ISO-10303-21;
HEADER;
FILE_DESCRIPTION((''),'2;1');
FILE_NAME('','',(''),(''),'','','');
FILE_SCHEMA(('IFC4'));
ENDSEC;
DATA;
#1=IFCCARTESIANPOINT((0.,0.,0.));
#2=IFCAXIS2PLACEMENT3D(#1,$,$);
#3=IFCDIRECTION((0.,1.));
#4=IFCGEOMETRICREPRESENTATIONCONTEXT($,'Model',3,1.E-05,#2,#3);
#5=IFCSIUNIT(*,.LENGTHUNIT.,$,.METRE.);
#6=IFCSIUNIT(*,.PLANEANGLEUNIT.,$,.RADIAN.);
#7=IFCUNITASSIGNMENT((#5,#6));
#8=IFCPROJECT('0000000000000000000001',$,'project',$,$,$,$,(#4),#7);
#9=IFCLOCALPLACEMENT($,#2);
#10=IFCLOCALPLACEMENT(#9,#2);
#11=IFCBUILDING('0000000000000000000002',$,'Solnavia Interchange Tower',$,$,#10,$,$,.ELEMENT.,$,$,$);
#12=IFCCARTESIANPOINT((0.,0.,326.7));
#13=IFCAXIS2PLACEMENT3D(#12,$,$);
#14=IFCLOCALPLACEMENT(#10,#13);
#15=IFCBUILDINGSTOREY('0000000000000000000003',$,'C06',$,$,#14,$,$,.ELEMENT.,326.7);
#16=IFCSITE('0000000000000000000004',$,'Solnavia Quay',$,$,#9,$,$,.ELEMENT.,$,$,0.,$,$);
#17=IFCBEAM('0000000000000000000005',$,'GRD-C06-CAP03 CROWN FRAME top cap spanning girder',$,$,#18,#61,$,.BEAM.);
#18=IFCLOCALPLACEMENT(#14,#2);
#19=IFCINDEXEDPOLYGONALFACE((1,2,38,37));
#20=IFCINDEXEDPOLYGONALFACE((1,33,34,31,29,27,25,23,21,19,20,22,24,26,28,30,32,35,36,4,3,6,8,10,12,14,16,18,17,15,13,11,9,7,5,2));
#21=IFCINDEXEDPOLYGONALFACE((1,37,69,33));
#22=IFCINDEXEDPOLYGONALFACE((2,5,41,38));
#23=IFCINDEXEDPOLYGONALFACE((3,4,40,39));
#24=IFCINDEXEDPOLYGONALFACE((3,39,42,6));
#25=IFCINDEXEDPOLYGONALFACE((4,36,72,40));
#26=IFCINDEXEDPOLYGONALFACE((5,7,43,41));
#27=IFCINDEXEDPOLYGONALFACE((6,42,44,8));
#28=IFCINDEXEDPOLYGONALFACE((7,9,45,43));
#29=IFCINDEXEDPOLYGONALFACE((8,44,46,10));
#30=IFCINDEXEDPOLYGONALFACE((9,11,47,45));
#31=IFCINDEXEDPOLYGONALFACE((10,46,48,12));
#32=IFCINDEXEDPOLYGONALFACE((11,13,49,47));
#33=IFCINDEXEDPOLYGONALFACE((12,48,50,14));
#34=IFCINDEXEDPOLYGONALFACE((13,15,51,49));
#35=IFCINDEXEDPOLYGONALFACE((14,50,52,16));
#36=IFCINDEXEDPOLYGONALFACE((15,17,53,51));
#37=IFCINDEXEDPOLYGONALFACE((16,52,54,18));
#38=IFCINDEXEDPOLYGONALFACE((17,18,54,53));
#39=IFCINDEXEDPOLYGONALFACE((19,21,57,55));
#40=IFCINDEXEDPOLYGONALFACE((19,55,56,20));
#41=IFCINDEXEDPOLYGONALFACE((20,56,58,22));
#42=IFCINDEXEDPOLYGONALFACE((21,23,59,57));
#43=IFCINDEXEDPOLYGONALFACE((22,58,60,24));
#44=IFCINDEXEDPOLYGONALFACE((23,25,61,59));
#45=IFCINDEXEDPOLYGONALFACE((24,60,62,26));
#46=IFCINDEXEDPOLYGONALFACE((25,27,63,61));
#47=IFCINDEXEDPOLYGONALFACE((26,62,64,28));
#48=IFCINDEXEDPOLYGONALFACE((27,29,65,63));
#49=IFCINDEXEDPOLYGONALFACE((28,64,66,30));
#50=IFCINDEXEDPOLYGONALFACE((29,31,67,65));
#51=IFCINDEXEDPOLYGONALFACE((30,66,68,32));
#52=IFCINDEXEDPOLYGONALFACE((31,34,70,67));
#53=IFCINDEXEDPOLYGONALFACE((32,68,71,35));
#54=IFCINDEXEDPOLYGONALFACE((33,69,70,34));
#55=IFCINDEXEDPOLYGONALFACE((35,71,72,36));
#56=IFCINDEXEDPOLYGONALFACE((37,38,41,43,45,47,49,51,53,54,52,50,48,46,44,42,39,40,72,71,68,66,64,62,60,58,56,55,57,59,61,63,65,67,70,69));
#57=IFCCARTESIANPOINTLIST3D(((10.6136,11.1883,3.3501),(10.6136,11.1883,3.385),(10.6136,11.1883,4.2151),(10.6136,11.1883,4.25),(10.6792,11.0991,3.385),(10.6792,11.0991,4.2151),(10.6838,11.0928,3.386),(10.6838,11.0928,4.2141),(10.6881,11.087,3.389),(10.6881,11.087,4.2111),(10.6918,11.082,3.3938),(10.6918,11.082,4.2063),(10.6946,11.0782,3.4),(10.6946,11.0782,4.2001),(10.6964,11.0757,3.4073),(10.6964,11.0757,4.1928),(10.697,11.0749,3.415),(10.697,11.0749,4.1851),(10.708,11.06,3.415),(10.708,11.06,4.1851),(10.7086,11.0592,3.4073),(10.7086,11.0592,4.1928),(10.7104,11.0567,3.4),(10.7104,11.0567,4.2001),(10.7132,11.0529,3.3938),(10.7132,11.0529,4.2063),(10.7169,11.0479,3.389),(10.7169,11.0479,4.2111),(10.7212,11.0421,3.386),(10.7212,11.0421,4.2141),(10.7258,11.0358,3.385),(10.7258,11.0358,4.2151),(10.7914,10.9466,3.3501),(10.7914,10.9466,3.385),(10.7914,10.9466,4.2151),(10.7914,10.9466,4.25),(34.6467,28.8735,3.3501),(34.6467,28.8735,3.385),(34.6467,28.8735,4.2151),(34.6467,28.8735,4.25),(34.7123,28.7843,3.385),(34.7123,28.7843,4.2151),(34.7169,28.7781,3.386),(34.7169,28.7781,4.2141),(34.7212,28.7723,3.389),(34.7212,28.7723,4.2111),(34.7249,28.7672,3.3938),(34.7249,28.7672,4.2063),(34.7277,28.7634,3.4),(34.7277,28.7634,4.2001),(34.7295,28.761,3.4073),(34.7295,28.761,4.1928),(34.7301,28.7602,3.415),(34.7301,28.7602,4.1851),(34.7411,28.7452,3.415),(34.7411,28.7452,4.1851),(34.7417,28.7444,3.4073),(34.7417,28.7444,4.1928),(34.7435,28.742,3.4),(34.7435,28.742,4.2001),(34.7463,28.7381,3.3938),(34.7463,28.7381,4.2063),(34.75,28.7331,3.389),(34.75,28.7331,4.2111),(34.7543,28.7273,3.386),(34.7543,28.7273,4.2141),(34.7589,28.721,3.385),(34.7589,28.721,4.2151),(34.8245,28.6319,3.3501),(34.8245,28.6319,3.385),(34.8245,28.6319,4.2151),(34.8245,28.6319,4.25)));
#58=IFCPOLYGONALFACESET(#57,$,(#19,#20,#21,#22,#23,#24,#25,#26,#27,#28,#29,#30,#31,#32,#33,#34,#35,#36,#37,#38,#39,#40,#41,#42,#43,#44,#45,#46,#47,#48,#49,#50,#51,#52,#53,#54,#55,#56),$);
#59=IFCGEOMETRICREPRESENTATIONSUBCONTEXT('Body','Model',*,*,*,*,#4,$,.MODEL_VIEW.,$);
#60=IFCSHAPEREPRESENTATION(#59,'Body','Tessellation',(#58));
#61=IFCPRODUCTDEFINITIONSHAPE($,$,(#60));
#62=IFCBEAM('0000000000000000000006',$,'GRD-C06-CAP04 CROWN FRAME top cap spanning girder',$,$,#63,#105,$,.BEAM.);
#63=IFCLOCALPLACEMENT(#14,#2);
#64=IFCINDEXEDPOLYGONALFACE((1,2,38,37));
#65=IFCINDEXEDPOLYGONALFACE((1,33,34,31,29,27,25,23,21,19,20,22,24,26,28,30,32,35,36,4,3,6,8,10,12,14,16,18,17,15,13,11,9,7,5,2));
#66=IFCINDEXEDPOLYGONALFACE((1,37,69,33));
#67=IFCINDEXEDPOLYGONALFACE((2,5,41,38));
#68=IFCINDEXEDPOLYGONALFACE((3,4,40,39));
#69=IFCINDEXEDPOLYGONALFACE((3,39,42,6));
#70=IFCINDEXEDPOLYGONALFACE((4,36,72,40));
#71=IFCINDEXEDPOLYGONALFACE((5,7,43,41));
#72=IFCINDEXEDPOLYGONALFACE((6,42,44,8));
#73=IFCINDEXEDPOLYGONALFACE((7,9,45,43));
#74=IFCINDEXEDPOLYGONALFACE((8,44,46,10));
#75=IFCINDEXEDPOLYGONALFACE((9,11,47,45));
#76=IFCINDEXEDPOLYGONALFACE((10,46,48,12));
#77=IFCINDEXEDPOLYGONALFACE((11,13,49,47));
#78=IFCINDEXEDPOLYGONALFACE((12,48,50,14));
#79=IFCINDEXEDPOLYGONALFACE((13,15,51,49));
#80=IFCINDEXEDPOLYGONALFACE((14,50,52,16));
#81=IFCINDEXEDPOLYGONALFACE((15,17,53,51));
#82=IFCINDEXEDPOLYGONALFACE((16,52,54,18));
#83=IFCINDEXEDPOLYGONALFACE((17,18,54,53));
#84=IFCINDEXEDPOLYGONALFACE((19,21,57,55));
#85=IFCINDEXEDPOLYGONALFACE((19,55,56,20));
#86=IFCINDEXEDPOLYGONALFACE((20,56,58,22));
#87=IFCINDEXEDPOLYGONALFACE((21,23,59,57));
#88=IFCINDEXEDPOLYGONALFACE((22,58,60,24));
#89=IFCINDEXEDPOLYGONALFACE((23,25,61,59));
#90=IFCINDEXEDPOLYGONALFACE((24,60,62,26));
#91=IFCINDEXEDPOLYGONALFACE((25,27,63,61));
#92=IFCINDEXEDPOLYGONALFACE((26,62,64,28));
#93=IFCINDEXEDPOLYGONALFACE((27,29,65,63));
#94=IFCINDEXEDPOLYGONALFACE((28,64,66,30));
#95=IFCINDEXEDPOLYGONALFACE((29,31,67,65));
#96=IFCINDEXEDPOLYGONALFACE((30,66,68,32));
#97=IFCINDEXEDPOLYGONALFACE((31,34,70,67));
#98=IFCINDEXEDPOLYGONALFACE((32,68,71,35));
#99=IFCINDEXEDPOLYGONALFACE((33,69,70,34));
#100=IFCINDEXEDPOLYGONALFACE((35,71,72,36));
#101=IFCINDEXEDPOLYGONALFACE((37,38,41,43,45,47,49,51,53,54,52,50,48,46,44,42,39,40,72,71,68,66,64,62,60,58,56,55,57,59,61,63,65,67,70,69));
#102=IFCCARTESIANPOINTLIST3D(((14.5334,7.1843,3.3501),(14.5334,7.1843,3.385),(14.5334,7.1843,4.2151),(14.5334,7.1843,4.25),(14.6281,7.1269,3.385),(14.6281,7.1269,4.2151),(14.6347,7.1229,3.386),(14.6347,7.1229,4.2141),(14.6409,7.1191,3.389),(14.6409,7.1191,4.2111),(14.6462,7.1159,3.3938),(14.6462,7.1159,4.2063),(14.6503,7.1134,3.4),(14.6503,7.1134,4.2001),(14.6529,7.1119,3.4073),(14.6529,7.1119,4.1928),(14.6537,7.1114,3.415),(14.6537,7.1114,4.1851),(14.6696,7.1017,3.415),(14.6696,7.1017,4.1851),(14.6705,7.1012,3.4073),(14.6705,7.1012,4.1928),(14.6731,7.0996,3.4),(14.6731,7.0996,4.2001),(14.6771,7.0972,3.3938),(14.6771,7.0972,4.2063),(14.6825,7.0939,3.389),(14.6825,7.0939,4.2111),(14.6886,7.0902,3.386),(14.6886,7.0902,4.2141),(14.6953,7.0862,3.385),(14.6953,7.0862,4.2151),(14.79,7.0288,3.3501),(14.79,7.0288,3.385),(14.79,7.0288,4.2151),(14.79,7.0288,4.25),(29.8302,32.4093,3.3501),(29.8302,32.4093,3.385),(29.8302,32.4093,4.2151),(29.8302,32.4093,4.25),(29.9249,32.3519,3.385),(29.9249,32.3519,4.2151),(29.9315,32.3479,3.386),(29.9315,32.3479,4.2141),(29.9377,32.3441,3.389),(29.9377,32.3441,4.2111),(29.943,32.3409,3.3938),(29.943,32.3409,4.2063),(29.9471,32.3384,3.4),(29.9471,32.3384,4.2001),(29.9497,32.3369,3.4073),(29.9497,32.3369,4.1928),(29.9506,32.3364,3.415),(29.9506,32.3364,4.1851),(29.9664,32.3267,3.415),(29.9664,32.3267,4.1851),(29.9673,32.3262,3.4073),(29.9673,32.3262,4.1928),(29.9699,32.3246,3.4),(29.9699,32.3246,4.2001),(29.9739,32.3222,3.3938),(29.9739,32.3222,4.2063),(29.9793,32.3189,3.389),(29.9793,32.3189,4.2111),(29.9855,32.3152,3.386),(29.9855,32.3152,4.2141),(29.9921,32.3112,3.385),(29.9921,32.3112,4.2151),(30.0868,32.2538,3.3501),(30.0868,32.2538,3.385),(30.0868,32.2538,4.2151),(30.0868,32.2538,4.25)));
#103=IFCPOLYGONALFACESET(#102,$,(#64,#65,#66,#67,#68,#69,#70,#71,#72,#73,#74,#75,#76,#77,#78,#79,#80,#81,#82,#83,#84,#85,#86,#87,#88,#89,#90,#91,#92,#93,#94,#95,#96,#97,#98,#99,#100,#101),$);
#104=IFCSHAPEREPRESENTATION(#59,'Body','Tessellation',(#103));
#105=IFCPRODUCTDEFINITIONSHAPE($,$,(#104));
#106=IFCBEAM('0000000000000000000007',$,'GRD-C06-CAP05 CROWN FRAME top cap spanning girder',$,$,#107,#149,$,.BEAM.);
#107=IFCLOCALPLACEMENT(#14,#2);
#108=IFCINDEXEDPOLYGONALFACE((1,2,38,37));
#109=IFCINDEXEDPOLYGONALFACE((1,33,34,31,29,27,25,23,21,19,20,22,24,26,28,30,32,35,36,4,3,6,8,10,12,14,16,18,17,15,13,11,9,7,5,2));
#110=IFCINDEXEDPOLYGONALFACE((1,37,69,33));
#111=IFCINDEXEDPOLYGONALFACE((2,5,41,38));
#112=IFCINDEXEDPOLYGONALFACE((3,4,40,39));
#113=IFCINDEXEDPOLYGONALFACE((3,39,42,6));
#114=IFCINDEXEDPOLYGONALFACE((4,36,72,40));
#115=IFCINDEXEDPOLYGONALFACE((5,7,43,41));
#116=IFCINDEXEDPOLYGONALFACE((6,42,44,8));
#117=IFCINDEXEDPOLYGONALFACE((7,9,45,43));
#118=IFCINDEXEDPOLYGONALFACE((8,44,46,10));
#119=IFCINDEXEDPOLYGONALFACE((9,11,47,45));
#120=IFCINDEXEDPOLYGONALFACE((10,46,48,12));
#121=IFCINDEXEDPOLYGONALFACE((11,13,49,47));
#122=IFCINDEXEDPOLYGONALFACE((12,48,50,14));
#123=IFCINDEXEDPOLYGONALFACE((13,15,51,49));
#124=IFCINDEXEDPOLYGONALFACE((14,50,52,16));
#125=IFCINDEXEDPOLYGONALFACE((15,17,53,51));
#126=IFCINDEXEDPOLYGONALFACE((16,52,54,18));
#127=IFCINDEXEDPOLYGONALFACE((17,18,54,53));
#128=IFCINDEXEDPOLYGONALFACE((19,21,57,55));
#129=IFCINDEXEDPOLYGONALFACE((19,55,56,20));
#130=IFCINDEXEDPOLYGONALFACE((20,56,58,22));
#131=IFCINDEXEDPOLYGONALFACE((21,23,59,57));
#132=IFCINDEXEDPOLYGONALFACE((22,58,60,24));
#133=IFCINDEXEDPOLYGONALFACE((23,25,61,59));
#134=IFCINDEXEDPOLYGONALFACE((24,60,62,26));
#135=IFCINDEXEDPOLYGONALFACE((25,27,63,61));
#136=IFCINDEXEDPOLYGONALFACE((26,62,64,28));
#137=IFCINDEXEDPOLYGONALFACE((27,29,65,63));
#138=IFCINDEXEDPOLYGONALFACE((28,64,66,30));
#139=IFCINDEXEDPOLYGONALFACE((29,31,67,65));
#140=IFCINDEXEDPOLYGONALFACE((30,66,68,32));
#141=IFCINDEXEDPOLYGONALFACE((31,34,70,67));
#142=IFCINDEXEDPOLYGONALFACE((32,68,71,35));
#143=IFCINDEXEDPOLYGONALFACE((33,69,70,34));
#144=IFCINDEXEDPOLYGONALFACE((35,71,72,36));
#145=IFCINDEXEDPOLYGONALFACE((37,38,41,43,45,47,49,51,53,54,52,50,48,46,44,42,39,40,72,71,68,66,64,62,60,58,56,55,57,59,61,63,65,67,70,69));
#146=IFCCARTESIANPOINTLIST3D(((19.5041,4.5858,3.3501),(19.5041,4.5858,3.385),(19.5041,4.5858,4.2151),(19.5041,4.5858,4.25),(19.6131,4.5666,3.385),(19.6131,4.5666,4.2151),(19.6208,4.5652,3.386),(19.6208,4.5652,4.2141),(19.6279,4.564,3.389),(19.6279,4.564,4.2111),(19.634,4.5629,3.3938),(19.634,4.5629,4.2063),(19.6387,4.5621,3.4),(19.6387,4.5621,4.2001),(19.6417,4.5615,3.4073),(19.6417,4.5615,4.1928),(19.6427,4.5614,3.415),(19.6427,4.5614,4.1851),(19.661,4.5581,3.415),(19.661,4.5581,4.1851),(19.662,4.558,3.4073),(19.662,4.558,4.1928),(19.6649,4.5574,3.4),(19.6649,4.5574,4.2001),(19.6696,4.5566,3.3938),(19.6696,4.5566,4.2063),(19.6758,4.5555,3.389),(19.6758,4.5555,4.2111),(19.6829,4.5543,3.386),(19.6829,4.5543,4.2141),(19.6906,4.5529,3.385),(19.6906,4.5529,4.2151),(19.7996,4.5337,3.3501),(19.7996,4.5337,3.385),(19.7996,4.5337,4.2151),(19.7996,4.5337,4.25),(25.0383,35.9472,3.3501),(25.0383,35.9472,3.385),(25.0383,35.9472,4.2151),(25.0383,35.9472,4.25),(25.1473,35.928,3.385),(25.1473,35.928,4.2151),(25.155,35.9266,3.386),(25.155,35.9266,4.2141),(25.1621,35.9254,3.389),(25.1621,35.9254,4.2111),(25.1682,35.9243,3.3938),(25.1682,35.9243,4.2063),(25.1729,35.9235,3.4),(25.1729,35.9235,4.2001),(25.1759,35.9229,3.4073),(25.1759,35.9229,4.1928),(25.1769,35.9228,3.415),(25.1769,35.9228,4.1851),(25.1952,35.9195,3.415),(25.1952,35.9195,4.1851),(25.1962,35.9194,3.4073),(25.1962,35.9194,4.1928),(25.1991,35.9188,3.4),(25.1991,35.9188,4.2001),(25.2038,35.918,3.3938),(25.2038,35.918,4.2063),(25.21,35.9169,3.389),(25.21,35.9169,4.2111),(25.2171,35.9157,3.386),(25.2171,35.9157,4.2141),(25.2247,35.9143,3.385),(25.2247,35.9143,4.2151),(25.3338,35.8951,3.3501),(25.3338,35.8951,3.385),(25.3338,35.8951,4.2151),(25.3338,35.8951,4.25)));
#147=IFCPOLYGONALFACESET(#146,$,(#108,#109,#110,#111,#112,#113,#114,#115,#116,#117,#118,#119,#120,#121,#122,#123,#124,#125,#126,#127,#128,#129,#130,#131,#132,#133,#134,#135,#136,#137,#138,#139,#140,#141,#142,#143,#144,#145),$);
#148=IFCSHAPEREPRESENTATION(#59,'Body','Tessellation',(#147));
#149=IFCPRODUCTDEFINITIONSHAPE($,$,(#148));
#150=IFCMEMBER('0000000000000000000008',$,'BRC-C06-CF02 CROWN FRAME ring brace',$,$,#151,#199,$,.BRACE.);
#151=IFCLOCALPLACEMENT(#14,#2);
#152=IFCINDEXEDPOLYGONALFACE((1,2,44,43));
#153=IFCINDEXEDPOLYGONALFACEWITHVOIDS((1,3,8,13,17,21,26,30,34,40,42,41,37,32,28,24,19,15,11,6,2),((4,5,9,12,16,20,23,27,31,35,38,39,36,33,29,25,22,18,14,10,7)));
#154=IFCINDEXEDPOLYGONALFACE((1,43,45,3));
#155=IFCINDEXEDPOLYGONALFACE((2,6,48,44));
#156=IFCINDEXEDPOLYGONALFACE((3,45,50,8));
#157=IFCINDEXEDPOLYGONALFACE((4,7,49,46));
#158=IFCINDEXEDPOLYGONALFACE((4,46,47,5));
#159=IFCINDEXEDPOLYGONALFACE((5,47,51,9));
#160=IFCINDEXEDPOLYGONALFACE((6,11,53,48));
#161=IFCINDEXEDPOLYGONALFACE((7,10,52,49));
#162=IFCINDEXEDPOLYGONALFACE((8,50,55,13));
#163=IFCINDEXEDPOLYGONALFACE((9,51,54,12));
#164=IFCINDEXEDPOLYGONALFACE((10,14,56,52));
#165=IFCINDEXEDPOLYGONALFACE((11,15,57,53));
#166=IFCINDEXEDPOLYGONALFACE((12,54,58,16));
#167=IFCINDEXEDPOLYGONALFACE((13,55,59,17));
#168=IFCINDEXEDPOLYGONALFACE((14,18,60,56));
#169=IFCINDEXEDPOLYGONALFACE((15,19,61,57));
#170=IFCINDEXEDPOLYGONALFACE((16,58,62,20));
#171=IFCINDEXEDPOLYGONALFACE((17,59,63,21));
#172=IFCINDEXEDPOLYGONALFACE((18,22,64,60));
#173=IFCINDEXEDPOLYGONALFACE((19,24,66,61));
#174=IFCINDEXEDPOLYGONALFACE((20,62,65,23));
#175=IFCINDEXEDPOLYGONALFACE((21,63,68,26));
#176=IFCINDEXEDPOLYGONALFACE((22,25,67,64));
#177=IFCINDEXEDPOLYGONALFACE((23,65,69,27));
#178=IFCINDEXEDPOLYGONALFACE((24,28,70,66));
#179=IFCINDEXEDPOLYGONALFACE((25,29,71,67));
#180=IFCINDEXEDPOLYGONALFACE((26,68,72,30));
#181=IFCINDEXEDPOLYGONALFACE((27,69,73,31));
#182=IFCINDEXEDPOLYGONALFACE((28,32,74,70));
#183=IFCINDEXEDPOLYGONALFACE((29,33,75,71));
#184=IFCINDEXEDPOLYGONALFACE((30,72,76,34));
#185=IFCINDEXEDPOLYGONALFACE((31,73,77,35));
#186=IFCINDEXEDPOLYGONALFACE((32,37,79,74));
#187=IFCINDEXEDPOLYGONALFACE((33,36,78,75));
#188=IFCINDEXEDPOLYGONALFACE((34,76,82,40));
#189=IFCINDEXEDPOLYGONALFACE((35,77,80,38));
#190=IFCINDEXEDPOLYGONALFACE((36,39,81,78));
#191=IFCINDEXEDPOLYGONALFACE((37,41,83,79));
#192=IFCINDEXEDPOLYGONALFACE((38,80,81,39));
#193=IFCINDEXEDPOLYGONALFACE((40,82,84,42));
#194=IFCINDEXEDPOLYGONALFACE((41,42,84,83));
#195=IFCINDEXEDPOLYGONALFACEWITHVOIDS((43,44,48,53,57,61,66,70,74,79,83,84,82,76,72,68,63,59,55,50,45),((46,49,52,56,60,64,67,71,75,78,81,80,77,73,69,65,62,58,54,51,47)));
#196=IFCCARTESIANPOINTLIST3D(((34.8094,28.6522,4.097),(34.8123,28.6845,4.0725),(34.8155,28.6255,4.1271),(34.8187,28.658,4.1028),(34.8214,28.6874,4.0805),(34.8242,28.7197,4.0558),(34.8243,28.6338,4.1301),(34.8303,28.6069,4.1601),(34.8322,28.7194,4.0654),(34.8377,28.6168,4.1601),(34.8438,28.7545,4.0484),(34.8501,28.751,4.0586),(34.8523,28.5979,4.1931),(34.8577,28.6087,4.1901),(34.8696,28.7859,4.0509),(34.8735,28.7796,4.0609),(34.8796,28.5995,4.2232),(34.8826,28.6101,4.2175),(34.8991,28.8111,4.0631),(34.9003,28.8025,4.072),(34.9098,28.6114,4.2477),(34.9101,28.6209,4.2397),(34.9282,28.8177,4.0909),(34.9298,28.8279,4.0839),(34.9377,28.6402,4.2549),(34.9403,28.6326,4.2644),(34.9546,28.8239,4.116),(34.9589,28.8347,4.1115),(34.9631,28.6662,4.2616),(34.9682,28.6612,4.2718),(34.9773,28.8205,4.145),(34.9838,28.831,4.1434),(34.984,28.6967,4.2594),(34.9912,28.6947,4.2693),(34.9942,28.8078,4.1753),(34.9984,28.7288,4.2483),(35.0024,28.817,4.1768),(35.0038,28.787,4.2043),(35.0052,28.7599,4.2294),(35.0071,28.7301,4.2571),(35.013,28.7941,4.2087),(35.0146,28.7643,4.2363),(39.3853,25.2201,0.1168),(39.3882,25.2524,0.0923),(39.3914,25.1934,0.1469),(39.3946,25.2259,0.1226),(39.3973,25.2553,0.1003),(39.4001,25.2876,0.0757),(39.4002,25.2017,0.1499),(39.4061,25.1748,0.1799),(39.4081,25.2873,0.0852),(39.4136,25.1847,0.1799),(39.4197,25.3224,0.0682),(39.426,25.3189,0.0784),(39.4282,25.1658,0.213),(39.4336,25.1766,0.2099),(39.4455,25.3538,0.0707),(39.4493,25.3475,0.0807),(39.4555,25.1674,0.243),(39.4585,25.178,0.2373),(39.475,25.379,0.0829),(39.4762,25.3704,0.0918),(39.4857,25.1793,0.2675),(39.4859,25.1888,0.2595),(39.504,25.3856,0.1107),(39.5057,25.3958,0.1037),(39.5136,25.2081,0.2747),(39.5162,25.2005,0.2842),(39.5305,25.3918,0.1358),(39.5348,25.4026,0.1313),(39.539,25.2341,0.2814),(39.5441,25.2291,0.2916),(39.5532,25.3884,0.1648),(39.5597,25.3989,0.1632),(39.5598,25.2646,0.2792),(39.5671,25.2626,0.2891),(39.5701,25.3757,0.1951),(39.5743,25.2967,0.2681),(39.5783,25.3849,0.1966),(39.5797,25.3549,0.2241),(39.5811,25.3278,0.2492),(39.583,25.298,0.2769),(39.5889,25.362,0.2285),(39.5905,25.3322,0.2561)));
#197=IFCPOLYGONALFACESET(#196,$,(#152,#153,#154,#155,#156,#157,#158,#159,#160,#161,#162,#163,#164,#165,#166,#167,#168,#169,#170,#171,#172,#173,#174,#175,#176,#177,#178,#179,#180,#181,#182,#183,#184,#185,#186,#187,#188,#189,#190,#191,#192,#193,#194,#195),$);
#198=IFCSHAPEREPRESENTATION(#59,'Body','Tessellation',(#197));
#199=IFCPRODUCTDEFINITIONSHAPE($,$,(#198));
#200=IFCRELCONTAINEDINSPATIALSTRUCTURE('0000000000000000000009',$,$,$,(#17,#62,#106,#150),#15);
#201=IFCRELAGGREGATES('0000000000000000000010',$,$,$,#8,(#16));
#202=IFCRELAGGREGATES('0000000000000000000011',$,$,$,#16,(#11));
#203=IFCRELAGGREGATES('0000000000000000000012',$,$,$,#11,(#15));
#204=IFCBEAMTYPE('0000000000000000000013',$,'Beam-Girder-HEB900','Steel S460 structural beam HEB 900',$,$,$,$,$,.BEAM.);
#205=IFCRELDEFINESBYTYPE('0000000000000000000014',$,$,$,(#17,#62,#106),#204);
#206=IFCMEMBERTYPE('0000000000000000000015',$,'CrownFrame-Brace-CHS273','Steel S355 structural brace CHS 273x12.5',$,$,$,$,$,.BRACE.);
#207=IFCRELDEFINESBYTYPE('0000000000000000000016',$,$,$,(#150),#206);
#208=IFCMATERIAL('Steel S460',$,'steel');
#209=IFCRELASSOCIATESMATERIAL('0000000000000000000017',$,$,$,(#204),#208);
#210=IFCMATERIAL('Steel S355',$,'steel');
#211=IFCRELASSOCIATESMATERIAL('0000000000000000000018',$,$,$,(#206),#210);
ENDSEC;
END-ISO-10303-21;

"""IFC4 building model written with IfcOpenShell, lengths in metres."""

from ifc_helpers import new_model, si_unit, direction, frame, origin, origin_2d, place, context, subcontext, project, spatial, hollow_circle, i_section, extrude, material, material_profile, profile_set, type_object, element, save


model = new_model("IFC4")

# Units and contexts
model_context = context("Model", 3, precision=1e-05, world=origin(), true_north=direction((0.0, 1.0)))
body_context = subcontext(model_context, "Body", "Model", "MODEL_VIEW")
ifc_project = project(units=[si_unit("LENGTHUNIT", "METRE"), si_unit("PLANEANGLEUNIT", "RADIAN")], contexts=[model_context])

# Site, building, storey
site_placement = place(None, origin())
site = spatial("IfcSite", under=ifc_project, at=site_placement, Name="Solnavia Quay", CompositionType="ELEMENT", RefElevation=0.0)
building_placement = place(site_placement, origin())
building = spatial("IfcBuilding", under=site, at=building_placement, Name="Solnavia Interchange Tower", CompositionType="ELEMENT")
storey_placement = place(building_placement, frame((0.0, 0.0, 326.7)))
storey = spatial("IfcBuildingStorey", under=building, at=storey_placement, Name="C06", CompositionType="ELEMENT", Elevation=326.7)

# Shared definitions
ifc_material_1 = material(Name="Steel S460", Category="steel")

# Beams
ifc_material_profile_1 = material_profile(ifc_material_1, i_section(OverallWidth=0.3, OverallDepth=0.8999, WebThickness=0.0186, FlangeThickness=0.0349, FilletRadius=0.03, at=origin_2d()), Name="HEB 900")
ifc_profile_set_1 = profile_set([ifc_material_profile_1], Name="Steel S460")
beam_type_1 = type_object("IfcBeamType", Name="Beam-Girder-HEB900", Description="Steel S460 structural beam HEB 900", PredefinedType="BEAM", material=ifc_profile_set_1)
beam_1_placement = place(storey_placement, frame((34.7356, 28.7527, 3.8), z_axis=(-0.80543, -0.592691, 0.0), x_axis=(0.592691, -0.80543, 0.0)))
element("IfcBeam", 1, at=beam_1_placement, inside=storey, type_object=beam_type_1, Name="GRD-C06-CAP03 CROWN FRAME top cap spanning girder", PredefinedType="BEAM", context=body_context, shape_type="SweptSolid", body=[
    extrude(i_section(OverallWidth=0.3, OverallDepth=0.8999, WebThickness=0.0186, FlangeThickness=0.0349, FilletRadius=0.03, at=origin_2d()), origin(), (0.0, 0.0, 1.0), 29.8389),
])
beam_2_placement = place(storey_placement, frame((29.9585, 32.3315, 3.8), z_axis=(-0.518523, -0.855064, 0.0), x_axis=(0.855064, -0.518523, 0.0)))
element("IfcBeam", 2, at=beam_2_placement, inside=storey, type_object=beam_type_1, Name="GRD-C06-CAP04 CROWN FRAME top cap spanning girder", PredefinedType="BEAM", context=body_context, shape_type="SweptSolid", body=[
    extrude(i_section(OverallWidth=0.3, OverallDepth=0.8999, WebThickness=0.0186, FlangeThickness=0.0349, FilletRadius=0.03, at=origin_2d()), origin(), (0.0, 0.0, 1.0), 29.5007),
])
beam_3_placement = place(storey_placement, frame((25.186, 35.9211, 3.8), z_axis=(-0.17378, -0.984784, 0.0), x_axis=(0.984784, -0.17378, 0.0)))
element("IfcBeam", 3, at=beam_3_placement, inside=storey, type_object=beam_type_1, Name="GRD-C06-CAP05 CROWN FRAME top cap spanning girder", PredefinedType="BEAM", context=body_context, shape_type="SweptSolid", body=[
    extrude(i_section(OverallWidth=0.3, OverallDepth=0.8999, WebThickness=0.0186, FlangeThickness=0.0349, FilletRadius=0.03, at=origin_2d()), origin(), (0.0, 0.0, 1.0), 31.8459),
])

# Member
ifc_material_2 = material(Name="Steel S355", Category="steel")
ifc_material_profile_2 = material_profile(ifc_material_2, hollow_circle(Radius=0.1365, WallThickness=0.0125, at=origin_2d()), Name="CHS 273x12.5")
ifc_profile_set_2 = profile_set([ifc_material_profile_2], Name="Steel S355")
member_type = type_object("IfcMemberType", Name="CrownFrame-Brace-CHS273", Description="Steel S355 structural brace CHS 273x12.5", PredefinedType="BRACE", material=ifc_profile_set_2)
for number, where, z_axis, x_axis, name in (
    (4, (39.488, 25.2839, 0.1799), (-0.656653, 0.492516, 0.571169), (-0.60002, -0.799985, 0.0), "BRC-C06-CF02 CROWN FRAME ring brace"),
):
    element("IfcMember", number, at=place(storey_placement, frame(where, z_axis=z_axis, x_axis=x_axis)), inside=storey, type_object=member_type, Name=name, PredefinedType="BRACE", context=body_context, shape_type="SweptSolid", body=[
        extrude(hollow_circle(Radius=0.1365, WallThickness=0.0125, at=origin_2d()), origin(), (0.0, 0.0, 1.0), 6.9685),
    ])

save(model, "model.ifc")
